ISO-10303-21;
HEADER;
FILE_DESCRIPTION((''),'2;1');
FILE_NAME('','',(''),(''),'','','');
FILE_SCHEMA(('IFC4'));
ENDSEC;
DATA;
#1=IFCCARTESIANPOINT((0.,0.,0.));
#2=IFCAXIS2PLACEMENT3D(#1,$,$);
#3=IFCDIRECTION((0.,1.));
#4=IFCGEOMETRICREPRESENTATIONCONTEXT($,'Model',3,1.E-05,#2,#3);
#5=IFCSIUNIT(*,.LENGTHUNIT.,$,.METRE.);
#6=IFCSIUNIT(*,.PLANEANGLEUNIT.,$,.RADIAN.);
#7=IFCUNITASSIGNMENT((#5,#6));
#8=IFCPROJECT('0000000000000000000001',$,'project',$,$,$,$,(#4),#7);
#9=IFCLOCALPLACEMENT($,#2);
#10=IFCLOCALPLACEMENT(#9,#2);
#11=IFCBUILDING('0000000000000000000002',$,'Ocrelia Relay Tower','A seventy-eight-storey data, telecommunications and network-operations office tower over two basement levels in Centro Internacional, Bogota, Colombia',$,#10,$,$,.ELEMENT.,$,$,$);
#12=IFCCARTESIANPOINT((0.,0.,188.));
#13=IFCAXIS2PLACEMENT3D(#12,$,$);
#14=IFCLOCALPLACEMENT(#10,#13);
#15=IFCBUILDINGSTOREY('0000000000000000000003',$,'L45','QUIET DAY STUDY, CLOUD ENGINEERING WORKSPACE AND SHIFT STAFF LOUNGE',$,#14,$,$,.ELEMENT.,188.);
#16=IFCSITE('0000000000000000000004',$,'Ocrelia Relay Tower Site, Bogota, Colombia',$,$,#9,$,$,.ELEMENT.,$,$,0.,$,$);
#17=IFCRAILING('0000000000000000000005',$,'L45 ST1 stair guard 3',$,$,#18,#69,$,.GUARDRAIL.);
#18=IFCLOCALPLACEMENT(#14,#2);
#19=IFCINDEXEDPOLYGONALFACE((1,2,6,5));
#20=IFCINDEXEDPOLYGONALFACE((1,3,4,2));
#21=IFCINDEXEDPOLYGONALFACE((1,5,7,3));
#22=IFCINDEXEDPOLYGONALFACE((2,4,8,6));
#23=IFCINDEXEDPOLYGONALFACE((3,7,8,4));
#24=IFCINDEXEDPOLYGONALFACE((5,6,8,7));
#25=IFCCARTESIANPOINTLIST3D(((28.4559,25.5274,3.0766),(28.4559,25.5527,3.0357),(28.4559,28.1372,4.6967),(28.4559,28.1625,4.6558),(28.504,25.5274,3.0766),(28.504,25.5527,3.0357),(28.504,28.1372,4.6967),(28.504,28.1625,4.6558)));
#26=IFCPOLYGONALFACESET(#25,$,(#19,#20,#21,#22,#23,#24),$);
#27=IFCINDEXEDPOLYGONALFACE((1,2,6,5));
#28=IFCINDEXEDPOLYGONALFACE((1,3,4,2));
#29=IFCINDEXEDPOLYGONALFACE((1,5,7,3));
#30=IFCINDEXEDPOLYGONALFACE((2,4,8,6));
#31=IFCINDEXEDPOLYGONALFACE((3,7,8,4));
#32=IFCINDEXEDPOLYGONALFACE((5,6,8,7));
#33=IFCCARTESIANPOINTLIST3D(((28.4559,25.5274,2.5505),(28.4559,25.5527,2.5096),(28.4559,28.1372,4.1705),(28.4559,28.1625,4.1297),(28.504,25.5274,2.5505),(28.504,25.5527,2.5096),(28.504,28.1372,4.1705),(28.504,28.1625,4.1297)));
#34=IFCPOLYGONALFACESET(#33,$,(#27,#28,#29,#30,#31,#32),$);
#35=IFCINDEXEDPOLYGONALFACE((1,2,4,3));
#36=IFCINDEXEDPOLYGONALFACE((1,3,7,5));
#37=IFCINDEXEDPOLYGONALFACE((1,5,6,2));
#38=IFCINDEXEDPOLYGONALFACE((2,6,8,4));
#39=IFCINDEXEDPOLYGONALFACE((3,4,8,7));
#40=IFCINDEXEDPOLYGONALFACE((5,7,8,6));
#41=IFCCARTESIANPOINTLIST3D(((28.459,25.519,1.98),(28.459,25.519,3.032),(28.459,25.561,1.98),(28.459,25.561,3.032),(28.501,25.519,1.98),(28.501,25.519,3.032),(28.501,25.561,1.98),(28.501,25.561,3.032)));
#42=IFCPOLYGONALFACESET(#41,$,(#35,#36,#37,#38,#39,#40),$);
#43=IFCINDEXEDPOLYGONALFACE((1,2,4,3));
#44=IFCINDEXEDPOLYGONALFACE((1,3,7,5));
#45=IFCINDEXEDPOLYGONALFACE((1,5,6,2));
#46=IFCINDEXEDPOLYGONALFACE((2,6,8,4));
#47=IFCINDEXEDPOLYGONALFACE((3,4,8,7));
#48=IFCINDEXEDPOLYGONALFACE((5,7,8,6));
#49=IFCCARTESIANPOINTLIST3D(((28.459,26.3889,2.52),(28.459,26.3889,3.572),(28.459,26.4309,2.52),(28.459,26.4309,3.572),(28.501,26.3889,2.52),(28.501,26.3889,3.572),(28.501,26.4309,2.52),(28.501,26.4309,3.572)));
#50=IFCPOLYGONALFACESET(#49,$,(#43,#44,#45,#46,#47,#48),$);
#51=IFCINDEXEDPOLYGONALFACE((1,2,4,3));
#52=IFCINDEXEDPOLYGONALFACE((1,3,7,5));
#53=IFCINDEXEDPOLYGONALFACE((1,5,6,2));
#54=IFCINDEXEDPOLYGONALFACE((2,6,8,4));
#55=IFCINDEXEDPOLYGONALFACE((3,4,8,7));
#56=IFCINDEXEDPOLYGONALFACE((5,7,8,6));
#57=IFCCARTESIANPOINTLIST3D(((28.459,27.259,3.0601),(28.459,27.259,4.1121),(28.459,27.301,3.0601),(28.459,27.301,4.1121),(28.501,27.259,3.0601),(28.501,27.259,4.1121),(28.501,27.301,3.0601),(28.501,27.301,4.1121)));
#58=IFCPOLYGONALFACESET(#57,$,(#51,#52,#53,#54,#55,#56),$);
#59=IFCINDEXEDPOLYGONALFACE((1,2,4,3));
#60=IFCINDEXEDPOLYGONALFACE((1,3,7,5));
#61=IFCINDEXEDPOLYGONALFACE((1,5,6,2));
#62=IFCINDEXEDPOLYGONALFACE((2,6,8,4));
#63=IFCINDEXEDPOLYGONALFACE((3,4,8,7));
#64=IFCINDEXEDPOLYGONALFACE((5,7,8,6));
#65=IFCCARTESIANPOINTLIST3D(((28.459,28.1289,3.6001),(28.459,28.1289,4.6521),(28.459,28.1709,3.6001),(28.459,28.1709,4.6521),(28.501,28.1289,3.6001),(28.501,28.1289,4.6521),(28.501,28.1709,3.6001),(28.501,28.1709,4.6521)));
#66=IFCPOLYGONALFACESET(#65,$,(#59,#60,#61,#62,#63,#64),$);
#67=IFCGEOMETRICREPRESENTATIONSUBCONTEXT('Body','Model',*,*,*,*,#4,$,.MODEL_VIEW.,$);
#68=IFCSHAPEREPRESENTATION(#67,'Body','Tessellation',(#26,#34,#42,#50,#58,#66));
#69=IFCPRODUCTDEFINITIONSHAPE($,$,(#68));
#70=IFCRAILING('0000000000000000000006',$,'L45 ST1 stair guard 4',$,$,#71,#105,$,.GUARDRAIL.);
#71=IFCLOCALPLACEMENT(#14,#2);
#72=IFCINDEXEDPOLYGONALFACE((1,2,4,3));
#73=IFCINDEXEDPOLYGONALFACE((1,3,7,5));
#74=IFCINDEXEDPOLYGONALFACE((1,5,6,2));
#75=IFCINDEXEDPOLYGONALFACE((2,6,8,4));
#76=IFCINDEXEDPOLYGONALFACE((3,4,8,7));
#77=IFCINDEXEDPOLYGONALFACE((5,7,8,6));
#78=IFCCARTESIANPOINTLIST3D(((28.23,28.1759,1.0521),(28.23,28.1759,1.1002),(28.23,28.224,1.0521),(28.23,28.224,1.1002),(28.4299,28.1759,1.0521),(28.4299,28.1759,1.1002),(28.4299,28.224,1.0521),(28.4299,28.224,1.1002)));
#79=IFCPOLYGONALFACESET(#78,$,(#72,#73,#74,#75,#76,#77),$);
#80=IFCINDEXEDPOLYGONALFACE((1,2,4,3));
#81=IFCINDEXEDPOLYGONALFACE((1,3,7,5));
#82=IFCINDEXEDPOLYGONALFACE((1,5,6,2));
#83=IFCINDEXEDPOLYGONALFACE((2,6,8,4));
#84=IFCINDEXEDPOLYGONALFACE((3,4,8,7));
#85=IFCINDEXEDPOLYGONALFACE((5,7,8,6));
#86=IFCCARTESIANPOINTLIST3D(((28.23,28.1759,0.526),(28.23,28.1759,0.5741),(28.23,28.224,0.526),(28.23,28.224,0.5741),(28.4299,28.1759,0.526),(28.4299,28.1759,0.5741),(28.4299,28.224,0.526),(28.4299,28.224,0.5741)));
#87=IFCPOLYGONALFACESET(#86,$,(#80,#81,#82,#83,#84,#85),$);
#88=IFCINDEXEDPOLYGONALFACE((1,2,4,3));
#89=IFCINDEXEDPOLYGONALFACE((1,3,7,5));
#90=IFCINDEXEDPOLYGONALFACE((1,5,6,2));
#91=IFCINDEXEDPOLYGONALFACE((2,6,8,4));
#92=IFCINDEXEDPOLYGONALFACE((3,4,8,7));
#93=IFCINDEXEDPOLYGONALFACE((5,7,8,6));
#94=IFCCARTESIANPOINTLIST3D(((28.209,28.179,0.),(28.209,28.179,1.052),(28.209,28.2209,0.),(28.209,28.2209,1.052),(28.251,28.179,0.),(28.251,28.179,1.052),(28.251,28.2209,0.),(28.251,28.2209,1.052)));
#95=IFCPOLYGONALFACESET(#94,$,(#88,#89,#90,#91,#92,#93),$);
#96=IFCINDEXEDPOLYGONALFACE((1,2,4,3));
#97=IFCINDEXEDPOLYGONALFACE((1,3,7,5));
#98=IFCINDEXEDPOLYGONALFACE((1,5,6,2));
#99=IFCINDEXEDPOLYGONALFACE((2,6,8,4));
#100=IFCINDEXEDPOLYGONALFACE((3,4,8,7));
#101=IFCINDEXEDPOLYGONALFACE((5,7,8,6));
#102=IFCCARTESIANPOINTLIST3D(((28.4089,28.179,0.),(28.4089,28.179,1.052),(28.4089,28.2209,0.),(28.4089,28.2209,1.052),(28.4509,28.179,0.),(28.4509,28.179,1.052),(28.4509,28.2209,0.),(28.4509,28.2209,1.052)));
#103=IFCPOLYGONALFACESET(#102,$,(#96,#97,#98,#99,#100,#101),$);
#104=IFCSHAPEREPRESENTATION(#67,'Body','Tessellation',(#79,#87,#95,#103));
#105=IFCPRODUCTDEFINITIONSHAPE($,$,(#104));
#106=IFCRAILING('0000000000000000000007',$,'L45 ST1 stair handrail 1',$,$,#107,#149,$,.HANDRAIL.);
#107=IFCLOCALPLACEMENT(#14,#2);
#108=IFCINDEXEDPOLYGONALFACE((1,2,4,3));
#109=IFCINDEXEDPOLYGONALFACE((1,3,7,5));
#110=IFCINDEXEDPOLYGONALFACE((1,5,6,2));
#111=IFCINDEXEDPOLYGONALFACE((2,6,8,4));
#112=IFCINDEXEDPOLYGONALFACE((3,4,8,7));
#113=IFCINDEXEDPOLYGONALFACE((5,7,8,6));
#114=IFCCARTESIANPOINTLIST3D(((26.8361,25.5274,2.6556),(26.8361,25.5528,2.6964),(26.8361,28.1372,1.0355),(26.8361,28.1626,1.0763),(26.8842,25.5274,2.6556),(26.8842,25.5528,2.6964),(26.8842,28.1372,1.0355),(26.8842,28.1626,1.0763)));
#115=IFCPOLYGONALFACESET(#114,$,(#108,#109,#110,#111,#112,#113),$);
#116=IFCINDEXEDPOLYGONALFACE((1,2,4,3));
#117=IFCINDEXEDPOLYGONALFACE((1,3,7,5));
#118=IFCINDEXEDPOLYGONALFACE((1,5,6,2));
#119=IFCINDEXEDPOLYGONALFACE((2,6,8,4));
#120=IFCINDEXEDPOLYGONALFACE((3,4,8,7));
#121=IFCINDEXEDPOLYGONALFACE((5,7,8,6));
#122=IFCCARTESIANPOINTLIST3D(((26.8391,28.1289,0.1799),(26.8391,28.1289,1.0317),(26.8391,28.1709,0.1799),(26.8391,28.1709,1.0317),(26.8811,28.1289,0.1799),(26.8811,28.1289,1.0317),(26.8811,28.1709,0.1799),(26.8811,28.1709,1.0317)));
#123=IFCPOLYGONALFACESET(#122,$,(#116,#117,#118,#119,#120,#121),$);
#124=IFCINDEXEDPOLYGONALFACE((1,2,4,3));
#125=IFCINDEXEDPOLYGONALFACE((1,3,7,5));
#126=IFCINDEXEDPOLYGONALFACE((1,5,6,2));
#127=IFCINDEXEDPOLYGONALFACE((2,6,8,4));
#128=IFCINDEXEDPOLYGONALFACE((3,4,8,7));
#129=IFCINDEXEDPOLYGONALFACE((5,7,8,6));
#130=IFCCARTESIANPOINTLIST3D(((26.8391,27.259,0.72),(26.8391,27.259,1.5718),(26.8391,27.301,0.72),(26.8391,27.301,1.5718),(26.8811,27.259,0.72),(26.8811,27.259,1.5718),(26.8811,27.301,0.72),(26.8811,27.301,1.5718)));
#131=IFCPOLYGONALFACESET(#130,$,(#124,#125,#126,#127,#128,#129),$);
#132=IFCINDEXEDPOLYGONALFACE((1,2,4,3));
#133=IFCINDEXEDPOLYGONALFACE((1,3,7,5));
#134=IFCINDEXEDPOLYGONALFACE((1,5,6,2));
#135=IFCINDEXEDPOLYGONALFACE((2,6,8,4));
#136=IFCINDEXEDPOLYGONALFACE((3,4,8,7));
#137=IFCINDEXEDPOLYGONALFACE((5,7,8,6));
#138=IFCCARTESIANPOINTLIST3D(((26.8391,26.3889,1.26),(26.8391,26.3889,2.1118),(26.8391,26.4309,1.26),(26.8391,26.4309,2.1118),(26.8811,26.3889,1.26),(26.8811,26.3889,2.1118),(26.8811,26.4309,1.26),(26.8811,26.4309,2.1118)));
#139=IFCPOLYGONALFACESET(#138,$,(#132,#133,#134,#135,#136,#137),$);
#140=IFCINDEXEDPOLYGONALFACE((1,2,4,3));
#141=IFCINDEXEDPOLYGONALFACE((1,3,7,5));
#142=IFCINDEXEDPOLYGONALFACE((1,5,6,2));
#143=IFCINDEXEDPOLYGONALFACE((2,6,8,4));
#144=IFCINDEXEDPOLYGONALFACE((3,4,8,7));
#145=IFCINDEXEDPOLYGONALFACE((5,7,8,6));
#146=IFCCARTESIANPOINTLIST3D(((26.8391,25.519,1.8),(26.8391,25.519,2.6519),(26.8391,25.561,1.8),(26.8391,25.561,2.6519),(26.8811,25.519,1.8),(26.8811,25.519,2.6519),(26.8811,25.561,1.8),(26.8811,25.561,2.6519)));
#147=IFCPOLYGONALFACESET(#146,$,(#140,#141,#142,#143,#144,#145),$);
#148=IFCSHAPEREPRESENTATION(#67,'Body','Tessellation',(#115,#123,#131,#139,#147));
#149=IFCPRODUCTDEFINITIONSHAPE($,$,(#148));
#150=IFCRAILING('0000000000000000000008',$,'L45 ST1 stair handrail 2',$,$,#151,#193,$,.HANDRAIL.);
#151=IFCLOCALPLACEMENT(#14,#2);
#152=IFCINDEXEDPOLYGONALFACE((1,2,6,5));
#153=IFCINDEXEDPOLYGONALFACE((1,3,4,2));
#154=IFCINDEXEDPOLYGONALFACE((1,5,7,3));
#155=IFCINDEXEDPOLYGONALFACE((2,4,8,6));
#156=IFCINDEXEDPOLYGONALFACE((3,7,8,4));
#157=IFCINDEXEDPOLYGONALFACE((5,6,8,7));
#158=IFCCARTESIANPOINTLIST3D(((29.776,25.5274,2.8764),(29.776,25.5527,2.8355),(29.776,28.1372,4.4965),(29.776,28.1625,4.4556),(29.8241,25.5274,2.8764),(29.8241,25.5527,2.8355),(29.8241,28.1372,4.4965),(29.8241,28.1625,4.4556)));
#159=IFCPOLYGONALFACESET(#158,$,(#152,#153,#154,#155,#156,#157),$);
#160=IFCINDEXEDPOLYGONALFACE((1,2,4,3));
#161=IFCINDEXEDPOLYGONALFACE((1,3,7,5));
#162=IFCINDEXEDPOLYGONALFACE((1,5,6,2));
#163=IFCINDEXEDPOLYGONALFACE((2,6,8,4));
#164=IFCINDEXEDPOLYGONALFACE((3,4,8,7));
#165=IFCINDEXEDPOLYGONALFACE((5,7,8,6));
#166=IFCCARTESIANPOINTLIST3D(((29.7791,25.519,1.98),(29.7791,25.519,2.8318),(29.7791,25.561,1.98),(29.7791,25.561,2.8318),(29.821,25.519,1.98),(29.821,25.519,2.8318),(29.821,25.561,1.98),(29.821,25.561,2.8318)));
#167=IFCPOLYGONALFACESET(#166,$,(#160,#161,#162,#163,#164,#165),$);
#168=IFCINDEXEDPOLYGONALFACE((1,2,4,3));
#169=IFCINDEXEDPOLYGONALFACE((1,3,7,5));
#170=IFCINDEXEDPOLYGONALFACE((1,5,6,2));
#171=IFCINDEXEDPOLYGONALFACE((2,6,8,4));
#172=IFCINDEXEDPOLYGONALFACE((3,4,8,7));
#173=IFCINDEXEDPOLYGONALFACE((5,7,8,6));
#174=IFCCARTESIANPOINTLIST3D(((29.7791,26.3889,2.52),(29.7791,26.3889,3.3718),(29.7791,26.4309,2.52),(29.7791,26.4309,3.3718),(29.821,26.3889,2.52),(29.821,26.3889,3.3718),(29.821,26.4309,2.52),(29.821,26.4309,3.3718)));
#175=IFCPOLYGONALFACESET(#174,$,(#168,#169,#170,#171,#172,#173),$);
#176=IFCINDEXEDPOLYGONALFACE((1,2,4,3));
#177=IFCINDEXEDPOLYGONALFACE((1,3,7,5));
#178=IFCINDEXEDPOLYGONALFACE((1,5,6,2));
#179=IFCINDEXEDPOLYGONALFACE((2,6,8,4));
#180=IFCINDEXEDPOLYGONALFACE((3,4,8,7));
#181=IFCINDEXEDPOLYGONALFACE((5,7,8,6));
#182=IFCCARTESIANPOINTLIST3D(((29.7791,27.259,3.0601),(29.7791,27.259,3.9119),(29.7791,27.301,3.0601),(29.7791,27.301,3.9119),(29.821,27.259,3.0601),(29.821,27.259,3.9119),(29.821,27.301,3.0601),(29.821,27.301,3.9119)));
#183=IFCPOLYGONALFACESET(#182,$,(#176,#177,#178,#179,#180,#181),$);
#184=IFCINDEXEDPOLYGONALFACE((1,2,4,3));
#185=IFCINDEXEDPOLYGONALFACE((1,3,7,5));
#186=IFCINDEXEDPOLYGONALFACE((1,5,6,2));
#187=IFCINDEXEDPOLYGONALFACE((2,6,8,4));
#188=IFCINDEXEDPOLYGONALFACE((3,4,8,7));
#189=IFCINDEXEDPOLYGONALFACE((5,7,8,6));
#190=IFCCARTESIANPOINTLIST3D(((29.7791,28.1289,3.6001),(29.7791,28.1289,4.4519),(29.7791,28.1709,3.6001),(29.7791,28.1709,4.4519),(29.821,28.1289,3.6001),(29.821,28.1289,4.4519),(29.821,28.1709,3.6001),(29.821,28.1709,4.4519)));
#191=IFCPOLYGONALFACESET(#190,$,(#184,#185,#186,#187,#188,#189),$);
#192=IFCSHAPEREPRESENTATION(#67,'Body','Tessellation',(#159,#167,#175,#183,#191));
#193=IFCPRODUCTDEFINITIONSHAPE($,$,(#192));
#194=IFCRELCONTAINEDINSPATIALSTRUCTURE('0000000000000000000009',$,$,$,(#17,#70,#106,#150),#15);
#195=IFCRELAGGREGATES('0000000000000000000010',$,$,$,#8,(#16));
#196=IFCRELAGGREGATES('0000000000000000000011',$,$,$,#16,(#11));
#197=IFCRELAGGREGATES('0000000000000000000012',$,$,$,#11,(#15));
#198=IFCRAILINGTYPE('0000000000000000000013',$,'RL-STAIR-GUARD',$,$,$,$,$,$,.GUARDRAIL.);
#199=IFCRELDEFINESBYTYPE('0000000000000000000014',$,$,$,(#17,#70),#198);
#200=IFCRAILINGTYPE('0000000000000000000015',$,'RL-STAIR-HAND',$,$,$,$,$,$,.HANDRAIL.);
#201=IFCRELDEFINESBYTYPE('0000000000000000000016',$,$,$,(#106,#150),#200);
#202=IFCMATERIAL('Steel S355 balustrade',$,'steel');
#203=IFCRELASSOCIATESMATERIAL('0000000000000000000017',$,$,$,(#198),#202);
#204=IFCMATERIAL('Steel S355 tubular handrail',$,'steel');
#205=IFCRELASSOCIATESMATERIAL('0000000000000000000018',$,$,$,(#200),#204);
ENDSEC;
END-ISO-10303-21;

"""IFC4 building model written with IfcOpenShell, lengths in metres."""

from ifc_helpers import new_model, si_unit, direction, frame, origin, origin_2d, place, context, subcontext, project, spatial, rectangle, extrude, material, type_object, element, save


model = new_model("IFC4")

# Units and contexts
model_context = context("Model", 3, precision=1e-05, world=origin(), true_north=direction((0.0, 1.0)))
body_context = subcontext(model_context, "Body", "Model", "MODEL_VIEW")
ifc_project = project(units=[si_unit("LENGTHUNIT", "METRE"), si_unit("PLANEANGLEUNIT", "RADIAN")], contexts=[model_context])

# Site, building, storey
site_placement = place(None, origin())
site = spatial("IfcSite", under=ifc_project, at=site_placement, Name="Ocrelia Relay Tower Site, Bogota, Colombia", CompositionType="ELEMENT", RefElevation=0.0)
building_placement = place(site_placement, origin())
building = spatial("IfcBuilding", under=site, at=building_placement, Name="Ocrelia Relay Tower", Description="A seventy-eight-storey data, telecommunications and network-operations office tower over two basement levels in Centro Internacional, Bogota, Colombia", CompositionType="ELEMENT")
storey_placement = place(building_placement, frame((0.0, 0.0, 188.0)))
storey = spatial("IfcBuildingStorey", under=building, at=storey_placement, Name="L45", Description="QUIET DAY STUDY, CLOUD ENGINEERING WORKSPACE AND SHIFT STAFF LOUNGE", CompositionType="ELEMENT", Elevation=188.0)

# Railings
ifc_material_1 = material(Name="Steel S355 balustrade", Category="steel")
railing_type_1 = type_object("IfcRailingType", Name="RL-STAIR-GUARD", PredefinedType="GUARDRAIL", material=ifc_material_1)
railing_1_placement = place(storey_placement, frame((28.48, 25.54, 1.98)))
element("IfcRailing", 1, at=railing_1_placement, inside=storey, type_object=railing_type_1, Name="L45 ST1 stair guard 3", PredefinedType="GUARDRAIL", context=body_context, shape_type="SweptSolid", body=[
    extrude(rectangle(XDim=0.0481, YDim=0.0481, at=origin_2d()), frame((0.0, 0.0, 1.0762), z_axis=(0.0, 0.849611, 0.52741), x_axis=(-1.0, 0.0, 0.0)), (0.0, 0.0, 1.0), 3.0718),
    extrude(rectangle(XDim=0.0481, YDim=0.0481, at=origin_2d()), frame((0.0, 0.0, 0.55), z_axis=(0.0, 0.849611, 0.52741), x_axis=(-1.0, 0.0, 0.0)), (0.0, 0.0, 1.0), 3.0718),
    extrude(rectangle(XDim=0.042, YDim=0.042, at=origin_2d()), origin(), (0.0, 0.0, 1.0), 1.052),
    extrude(rectangle(XDim=0.042, YDim=0.042, at=origin_2d()), frame((0.0, 0.8699, 0.54)), (0.0, 0.0, 1.0), 1.052),
    extrude(rectangle(XDim=0.042, YDim=0.042, at=origin_2d()), frame((0.0, 1.74, 1.0801)), (0.0, 0.0, 1.0), 1.052),
    extrude(rectangle(XDim=0.042, YDim=0.042, at=origin_2d()), frame((0.0, 2.6099, 1.6201)), (0.0, 0.0, 1.0), 1.052),
])
railing_2_placement = place(storey_placement, frame((28.23, 28.2, 0.0)))
element("IfcRailing", 2, at=railing_2_placement, inside=storey, type_object=railing_type_1, Name="L45 ST1 stair guard 4", PredefinedType="GUARDRAIL", context=body_context, shape_type="SweptSolid", body=[
    extrude(rectangle(XDim=0.0481, YDim=0.0481, at=origin_2d()), frame((0.0, 0.0, 1.0762), z_axis=(1.0, 0.0, 0.0), x_axis=(0.0, 1.0, 0.0)), (0.0, 0.0, 1.0), 0.2),
    extrude(rectangle(XDim=0.0481, YDim=0.0481, at=origin_2d()), frame((0.0, 0.0, 0.55), z_axis=(1.0, 0.0, 0.0), x_axis=(0.0, 1.0, 0.0)), (0.0, 0.0, 1.0), 0.2),
    extrude(rectangle(XDim=0.042, YDim=0.042, at=origin_2d()), origin(), (0.0, 0.0, 1.0), 1.052),
    extrude(rectangle(XDim=0.042, YDim=0.042, at=origin_2d()), frame((0.2, 0.0, 0.0)), (0.0, 0.0, 1.0), 1.052),
])
ifc_material_2 = material(Name="Steel S355 tubular handrail", Category="steel")
railing_type_2 = type_object("IfcRailingType", Name="RL-STAIR-HAND", PredefinedType="HANDRAIL", material=ifc_material_2)
railing_3_placement = place(storey_placement, frame((26.8601, 28.1499, 0.1799)))
element("IfcRailing", 3, at=railing_3_placement, inside=storey, type_object=railing_type_2, Name="L45 ST1 stair handrail 1", PredefinedType="HANDRAIL", context=body_context, shape_type="SweptSolid", body=[
    extrude(rectangle(XDim=0.0481, YDim=0.0481, at=origin_2d()), frame((0.0, 0.0, 0.876), z_axis=(0.0, -0.849611, 0.52741), x_axis=(1.0, 0.0, 0.0)), (0.0, 0.0, 1.0), 3.0718),
    extrude(rectangle(XDim=0.042, YDim=0.042, at=origin_2d()), origin(), (0.0, 0.0, 1.0), 0.8518),
    extrude(rectangle(XDim=0.042, YDim=0.042, at=origin_2d()), frame((0.0, -0.8699, 0.54)), (0.0, 0.0, 1.0), 0.8518),
    extrude(rectangle(XDim=0.042, YDim=0.042, at=origin_2d()), frame((0.0, -1.74, 1.0801)), (0.0, 0.0, 1.0), 0.8518),
    extrude(rectangle(XDim=0.042, YDim=0.042, at=origin_2d()), frame((0.0, -2.6099, 1.6201)), (0.0, 0.0, 1.0), 0.8518),
])
railing_4_placement = place(storey_placement, frame((29.8, 25.54, 1.98)))
element("IfcRailing", 4, at=railing_4_placement, inside=storey, type_object=railing_type_2, Name="L45 ST1 stair handrail 2", PredefinedType="HANDRAIL", context=body_context, shape_type="SweptSolid", body=[
    extrude(rectangle(XDim=0.0481, YDim=0.0481, at=origin_2d()), frame((0.0, 0.0, 0.876), z_axis=(0.0, 0.849611, 0.52741), x_axis=(-1.0, 0.0, 0.0)), (0.0, 0.0, 1.0), 3.0718),
    extrude(rectangle(XDim=0.042, YDim=0.042, at=origin_2d()), origin(), (0.0, 0.0, 1.0), 0.8518),
    extrude(rectangle(XDim=0.042, YDim=0.042, at=origin_2d()), frame((0.0, 0.8699, 0.54)), (0.0, 0.0, 1.0), 0.8518),
    extrude(rectangle(XDim=0.042, YDim=0.042, at=origin_2d()), frame((0.0, 1.74, 1.0801)), (0.0, 0.0, 1.0), 0.8518),
    extrude(rectangle(XDim=0.042, YDim=0.042, at=origin_2d()), frame((0.0, 2.6099, 1.6201)), (0.0, 0.0, 1.0), 0.8518),
])

save(model, "model.ifc")
